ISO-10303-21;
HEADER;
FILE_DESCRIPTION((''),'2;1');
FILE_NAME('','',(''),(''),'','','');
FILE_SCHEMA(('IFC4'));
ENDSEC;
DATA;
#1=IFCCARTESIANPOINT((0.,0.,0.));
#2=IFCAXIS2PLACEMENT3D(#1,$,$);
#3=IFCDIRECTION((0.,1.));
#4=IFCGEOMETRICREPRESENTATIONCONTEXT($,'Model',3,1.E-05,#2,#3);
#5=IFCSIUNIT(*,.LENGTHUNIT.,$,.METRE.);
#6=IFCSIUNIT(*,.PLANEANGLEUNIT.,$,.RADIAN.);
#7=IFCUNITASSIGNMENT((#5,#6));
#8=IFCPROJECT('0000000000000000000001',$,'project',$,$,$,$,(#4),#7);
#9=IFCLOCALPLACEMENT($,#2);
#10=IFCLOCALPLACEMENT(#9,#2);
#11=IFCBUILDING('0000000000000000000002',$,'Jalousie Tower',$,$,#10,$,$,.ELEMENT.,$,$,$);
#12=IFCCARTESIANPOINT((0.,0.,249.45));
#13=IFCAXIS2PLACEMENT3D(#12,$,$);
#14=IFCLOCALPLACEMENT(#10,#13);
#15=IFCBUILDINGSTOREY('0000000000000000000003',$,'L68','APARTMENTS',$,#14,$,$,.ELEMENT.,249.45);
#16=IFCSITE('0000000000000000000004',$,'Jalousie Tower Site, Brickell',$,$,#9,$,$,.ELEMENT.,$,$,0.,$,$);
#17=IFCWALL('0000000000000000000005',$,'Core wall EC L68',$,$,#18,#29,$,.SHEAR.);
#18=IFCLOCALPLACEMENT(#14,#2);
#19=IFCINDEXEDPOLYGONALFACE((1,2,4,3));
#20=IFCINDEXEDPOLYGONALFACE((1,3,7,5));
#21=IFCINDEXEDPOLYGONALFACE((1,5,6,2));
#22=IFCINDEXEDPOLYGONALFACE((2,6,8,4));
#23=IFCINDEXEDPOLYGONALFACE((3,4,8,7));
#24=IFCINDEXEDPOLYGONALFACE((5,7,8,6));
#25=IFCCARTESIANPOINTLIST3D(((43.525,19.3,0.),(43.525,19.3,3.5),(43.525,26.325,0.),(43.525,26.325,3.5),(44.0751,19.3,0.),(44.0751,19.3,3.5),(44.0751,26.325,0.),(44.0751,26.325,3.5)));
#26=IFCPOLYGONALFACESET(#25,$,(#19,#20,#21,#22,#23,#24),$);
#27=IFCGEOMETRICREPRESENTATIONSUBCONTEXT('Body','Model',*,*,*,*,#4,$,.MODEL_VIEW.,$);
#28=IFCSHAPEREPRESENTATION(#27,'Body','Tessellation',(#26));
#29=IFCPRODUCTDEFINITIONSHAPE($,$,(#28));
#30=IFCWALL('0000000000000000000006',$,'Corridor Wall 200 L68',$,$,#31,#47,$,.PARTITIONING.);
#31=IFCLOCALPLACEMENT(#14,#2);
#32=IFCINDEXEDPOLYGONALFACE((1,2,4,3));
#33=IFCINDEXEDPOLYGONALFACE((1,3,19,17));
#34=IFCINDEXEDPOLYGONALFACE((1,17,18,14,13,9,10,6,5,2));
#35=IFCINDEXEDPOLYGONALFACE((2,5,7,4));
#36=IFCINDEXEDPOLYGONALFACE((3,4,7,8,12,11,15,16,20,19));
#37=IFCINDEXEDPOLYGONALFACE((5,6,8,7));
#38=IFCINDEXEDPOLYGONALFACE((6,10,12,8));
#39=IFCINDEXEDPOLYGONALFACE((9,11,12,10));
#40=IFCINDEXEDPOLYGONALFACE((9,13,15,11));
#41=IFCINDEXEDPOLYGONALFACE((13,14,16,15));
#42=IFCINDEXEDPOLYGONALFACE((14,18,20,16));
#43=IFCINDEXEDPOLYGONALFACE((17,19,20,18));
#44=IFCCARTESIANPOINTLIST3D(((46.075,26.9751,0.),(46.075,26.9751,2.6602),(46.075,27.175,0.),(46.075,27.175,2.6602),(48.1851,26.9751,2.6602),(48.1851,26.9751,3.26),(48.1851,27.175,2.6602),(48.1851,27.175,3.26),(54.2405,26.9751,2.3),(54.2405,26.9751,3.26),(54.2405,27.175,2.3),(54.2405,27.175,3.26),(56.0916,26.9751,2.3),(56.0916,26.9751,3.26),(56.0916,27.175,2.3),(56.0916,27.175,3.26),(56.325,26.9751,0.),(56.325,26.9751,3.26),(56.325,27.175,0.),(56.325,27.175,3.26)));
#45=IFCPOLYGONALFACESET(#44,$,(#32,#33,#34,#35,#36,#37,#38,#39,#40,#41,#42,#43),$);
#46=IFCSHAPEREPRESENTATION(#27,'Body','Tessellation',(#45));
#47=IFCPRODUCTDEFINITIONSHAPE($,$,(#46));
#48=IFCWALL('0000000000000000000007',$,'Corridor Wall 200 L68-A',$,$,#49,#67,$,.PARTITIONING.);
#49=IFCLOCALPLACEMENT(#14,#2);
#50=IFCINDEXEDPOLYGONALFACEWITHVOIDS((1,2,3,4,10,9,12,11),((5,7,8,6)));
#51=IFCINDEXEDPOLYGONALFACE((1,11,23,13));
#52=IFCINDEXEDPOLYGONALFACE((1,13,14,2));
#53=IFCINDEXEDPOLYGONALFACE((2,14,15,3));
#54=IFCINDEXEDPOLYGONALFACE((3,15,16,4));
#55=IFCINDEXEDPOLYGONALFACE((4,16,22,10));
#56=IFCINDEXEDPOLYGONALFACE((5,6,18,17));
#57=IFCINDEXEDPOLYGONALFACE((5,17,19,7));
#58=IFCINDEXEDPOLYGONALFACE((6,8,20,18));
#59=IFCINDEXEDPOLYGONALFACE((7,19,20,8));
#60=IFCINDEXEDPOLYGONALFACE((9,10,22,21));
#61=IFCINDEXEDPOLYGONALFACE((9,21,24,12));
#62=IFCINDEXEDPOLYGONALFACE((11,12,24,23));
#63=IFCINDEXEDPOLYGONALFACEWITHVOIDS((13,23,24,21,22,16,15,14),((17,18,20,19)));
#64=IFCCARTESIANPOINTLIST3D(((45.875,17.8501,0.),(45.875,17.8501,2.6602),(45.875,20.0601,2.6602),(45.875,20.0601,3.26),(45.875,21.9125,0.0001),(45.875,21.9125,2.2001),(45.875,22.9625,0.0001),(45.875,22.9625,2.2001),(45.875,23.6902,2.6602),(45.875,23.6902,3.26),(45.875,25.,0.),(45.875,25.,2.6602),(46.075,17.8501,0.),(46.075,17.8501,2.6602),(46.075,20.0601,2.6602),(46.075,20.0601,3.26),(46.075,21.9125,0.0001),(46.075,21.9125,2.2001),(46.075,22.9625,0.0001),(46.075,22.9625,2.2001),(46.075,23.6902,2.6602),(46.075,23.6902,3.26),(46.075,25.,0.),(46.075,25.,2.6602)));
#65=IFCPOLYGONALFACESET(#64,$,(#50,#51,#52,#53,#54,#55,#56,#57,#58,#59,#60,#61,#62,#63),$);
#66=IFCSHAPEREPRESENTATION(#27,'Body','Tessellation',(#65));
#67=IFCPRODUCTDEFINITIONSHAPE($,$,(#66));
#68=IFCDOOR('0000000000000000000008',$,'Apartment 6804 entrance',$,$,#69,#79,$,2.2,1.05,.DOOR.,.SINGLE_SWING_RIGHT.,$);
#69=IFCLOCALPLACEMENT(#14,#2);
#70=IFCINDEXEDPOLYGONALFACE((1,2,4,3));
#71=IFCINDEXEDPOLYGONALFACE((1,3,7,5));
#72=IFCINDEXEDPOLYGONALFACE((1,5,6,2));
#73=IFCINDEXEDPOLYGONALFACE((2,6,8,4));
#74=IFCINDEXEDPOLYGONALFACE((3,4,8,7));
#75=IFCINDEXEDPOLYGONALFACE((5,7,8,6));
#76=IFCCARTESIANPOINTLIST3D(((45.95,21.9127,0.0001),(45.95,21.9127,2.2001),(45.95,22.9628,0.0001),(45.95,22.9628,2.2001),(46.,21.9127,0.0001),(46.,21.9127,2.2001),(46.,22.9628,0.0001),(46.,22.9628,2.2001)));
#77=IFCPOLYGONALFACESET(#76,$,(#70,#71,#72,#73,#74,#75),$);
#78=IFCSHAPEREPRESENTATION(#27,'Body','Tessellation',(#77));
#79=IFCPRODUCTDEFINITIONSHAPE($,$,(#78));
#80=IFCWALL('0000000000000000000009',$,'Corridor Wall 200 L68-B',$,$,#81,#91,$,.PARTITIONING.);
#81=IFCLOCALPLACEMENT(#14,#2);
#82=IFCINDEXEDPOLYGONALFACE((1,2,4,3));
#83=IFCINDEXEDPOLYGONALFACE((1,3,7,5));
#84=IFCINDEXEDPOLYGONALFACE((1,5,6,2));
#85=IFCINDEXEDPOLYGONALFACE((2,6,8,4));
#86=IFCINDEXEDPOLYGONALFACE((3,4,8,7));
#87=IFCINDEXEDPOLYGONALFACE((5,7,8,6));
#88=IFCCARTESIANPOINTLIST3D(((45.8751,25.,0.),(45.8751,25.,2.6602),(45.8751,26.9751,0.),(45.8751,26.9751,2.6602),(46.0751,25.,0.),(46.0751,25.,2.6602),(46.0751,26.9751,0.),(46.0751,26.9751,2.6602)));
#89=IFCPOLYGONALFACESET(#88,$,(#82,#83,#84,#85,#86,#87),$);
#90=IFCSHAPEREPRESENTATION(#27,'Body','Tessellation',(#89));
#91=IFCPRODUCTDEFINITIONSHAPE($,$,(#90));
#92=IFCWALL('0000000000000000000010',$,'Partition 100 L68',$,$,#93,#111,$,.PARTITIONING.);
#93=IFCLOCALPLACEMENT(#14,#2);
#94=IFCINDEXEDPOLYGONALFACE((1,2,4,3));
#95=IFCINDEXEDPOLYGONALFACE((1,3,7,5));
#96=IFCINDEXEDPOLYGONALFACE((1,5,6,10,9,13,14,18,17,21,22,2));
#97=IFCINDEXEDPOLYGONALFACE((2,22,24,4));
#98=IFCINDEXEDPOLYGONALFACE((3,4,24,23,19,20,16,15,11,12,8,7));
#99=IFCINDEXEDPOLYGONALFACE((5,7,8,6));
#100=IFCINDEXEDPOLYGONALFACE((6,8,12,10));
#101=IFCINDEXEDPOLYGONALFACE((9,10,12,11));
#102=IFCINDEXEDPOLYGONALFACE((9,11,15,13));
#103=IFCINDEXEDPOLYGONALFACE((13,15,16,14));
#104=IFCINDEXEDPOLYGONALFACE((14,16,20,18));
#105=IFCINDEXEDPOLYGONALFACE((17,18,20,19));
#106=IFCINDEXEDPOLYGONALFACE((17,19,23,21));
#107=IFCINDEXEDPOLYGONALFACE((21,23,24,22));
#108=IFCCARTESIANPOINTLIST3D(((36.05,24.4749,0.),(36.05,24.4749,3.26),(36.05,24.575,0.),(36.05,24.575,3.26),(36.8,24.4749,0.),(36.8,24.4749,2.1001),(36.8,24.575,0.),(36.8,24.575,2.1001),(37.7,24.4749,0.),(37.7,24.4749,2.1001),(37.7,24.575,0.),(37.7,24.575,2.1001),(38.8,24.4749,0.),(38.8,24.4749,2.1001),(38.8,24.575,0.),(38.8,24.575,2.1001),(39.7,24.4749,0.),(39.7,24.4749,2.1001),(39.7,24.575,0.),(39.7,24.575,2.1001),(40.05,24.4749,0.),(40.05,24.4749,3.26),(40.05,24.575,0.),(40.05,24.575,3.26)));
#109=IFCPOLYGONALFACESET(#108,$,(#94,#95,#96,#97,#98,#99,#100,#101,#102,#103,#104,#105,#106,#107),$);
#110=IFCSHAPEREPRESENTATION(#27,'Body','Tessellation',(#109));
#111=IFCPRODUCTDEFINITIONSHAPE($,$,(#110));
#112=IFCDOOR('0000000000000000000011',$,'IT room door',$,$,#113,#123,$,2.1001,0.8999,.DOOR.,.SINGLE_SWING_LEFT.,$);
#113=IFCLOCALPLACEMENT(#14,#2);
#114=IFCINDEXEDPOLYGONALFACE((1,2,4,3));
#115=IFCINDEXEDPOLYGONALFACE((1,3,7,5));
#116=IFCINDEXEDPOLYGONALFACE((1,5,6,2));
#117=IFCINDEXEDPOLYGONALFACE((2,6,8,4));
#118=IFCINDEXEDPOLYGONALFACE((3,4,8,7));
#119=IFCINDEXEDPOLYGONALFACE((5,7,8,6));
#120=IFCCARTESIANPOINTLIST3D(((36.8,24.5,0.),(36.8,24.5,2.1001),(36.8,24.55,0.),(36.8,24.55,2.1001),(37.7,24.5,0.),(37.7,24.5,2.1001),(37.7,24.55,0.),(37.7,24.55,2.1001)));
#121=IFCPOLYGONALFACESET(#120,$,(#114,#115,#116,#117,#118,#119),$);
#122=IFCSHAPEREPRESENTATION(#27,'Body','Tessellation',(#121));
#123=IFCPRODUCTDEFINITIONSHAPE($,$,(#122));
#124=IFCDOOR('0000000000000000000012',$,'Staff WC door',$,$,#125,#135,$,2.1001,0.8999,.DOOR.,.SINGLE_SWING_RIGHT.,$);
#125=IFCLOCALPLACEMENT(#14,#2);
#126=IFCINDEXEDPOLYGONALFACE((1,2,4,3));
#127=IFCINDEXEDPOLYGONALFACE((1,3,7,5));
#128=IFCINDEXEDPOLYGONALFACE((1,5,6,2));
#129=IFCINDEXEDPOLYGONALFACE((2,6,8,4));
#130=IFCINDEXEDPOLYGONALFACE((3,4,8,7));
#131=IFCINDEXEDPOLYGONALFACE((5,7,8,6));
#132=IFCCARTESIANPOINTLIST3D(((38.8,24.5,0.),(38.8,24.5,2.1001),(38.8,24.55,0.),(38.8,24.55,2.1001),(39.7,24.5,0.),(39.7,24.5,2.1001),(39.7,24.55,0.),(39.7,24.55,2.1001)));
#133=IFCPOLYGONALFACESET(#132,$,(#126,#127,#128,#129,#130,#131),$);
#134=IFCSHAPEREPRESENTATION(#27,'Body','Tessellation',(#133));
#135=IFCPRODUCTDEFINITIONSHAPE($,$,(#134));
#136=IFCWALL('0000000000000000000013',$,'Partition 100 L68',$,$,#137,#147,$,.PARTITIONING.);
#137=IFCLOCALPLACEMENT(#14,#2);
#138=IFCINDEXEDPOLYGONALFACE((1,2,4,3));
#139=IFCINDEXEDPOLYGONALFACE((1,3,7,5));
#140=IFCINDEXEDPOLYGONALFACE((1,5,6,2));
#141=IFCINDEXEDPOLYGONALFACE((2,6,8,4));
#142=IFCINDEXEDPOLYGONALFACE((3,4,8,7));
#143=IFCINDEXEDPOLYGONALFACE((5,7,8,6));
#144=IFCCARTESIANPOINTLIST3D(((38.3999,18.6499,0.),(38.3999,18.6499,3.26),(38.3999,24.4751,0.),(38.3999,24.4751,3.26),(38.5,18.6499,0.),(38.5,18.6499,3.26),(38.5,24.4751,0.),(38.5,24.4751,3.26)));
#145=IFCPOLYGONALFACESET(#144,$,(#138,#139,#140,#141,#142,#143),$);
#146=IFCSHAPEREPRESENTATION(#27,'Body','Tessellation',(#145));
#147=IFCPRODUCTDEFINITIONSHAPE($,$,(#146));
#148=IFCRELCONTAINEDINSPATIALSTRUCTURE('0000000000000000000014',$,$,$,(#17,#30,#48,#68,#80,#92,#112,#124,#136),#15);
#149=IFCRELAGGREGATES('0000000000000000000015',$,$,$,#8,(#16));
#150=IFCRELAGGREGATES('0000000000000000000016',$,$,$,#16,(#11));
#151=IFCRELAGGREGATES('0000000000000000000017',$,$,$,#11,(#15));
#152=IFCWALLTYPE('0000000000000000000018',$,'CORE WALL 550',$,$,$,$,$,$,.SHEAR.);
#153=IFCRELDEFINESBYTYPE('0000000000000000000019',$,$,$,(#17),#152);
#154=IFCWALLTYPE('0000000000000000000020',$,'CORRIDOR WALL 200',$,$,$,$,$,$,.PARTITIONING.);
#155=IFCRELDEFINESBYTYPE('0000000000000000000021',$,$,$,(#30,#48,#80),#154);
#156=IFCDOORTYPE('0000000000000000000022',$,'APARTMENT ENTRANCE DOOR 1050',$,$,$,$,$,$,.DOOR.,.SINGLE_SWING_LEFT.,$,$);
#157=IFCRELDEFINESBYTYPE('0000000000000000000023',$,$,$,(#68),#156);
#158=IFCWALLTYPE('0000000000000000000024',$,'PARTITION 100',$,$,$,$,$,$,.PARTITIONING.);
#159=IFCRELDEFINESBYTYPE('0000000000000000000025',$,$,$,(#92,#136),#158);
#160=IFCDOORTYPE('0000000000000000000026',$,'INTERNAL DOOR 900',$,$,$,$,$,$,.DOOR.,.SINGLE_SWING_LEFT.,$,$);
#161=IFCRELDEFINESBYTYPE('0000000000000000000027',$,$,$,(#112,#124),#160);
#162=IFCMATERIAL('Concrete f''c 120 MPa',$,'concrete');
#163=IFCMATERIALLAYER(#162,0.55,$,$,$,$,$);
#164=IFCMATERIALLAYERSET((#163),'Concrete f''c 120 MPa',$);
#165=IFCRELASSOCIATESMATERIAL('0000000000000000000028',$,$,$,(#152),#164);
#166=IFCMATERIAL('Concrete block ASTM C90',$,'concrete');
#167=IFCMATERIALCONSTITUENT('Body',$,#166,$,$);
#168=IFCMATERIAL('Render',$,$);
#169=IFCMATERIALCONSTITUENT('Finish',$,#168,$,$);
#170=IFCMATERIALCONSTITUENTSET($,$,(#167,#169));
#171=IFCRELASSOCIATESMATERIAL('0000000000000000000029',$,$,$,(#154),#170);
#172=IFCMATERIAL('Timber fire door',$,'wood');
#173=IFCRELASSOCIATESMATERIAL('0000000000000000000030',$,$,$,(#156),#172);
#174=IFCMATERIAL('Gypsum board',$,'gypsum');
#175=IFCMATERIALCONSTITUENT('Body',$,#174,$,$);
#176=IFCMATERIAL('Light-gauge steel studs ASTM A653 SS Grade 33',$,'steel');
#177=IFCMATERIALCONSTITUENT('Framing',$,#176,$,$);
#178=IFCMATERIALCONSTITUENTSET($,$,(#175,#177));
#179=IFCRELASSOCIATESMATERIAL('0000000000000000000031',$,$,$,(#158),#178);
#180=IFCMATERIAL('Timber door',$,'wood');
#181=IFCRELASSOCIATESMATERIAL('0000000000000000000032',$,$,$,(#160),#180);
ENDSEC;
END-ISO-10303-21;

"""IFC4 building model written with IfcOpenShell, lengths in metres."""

from ifc_helpers import new_model, si_unit, direction, frame, frame_2d, origin, place, context, subcontext, project, spatial, polyline, rectangle, outline, extrude, material, layer, layer_set, constituent, constituent_set, type_object, element, fill, save


model = new_model("IFC4")

# Units and contexts
model_context = context("Model", 3, precision=1e-05, world=origin(), true_north=direction((0.0, 1.0)))
body_context = subcontext(model_context, "Body", "Model", "MODEL_VIEW")
ifc_project = project(units=[si_unit("LENGTHUNIT", "METRE"), si_unit("PLANEANGLEUNIT", "RADIAN")], contexts=[model_context])

# Site, building, storey
site_placement = place(None, origin())
site = spatial("IfcSite", under=ifc_project, at=site_placement, Name="Jalousie Tower Site, Brickell", CompositionType="ELEMENT", RefElevation=0.0)
building_placement = place(site_placement, origin())
building = spatial("IfcBuilding", under=site, at=building_placement, Name="Jalousie Tower", CompositionType="ELEMENT")
storey_placement = place(building_placement, frame((0.0, 0.0, 249.45)))
storey = spatial("IfcBuildingStorey", under=building, at=storey_placement, Name="L68", Description="APARTMENTS", CompositionType="ELEMENT", Elevation=249.45)

# Walls
ifc_material_1 = material(Name="Concrete f'c 120 MPa", Category="concrete")
ifc_layer_1 = layer(ifc_material_1, 0.55)
ifc_layer_set_1 = layer_set([ifc_layer_1], Name="Concrete f'c 120 MPa")
wall_type_1 = type_object("IfcWallType", Name="CORE WALL 550", PredefinedType="SHEAR", material=ifc_layer_set_1)
wall_1_placement = place(storey_placement, frame((43.8, 19.3, 0.0), z_axis=(0.0, 0.0, 1.0), x_axis=(0.0, 1.0, 0.0)))
element("IfcWall", 1, at=wall_1_placement, inside=storey, type_object=wall_type_1, Name="Core wall EC L68", PredefinedType="SHEAR", context=body_context, shape_type="SweptSolid", body=[
    extrude(rectangle(XDim=7.0249, YDim=0.55, at=frame_2d((3.5125, 0.0))), origin(), (0.0, 0.0, 1.0), 3.5),
])
ifc_material_2 = material(Name="Concrete block ASTM C90", Category="concrete")
ifc_constituent_1 = constituent(ifc_material_2, Name="Body")
ifc_material_3 = material(Name="Render")
ifc_constituent_2 = constituent(ifc_material_3, Name="Finish")
ifc_constituent_set_1 = constituent_set(constituents=[ifc_constituent_1, ifc_constituent_2])
wall_type_2 = type_object("IfcWallType", Name="CORRIDOR WALL 200", PredefinedType="PARTITIONING", material=ifc_constituent_set_1)
wall_2_placement = place(storey_placement, frame((46.075, 27.075, 0.0), z_axis=(0.0, 0.0, 1.0), x_axis=(1.0, 0.0, 0.0)))
element("IfcWall", 2, at=wall_2_placement, inside=storey, type_object=wall_type_2, Name="Corridor Wall 200 L68", PredefinedType="PARTITIONING", context=body_context, shape_type="SweptSolid", body=[
    extrude(outline(polyline([(0.0, 0.0), (10.25, 0.0), (10.25, 3.26), (10.0166, 3.26), (10.0166, 2.3), (8.1655, 2.3), (8.1655, 3.26), (2.1101, 3.26), (2.1101, 2.6602), (0.0, 2.6602), (0.0, 3.26), (0.0, 0.0)])), frame((0.0, 0.1001, 0.0), z_axis=(0.0, -1.0, 0.0), x_axis=(1.0, 0.0, 0.0)), (0.0, 0.0, 1.0), 0.2),
])

# Wall, opening, door
wall_3_placement = place(storey_placement, frame((45.9751, 17.8501, 0.0), z_axis=(0.0, 0.0, 1.0), x_axis=(0.0, 1.0, 0.0)))
wall_3 = element("IfcWall", 3, at=wall_3_placement, inside=storey, type_object=wall_type_2, Name="Corridor Wall 200 L68-A", PredefinedType="PARTITIONING", context=body_context, shape_type="SweptSolid", body=[
    extrude(outline(polyline([(0.0, 0.0), (7.1499, 0.0), (7.1499, 2.6602), (5.8401, 2.6602), (5.8401, 3.26), (2.21, 3.26), (2.21, 2.6602), (0.0, 2.6602), (0.0, 0.0)])), frame((0.0, 0.1001, 0.0), z_axis=(0.0, -1.0, 0.0), x_axis=(1.0, 0.0, 0.0)), (0.0, 0.0, 1.0), 0.2),
])
opening_1_placement = place(wall_3_placement, frame((4.0625, 0.0, 0.0)))
opening_1 = element("IfcOpeningElement", 4, at=opening_1_placement, cuts=wall_3, PredefinedType="OPENING", context=body_context, shape_type="SweptSolid", body=[
    extrude(rectangle(XDim=1.05, YDim=2.2, at=frame_2d((0.5249, 1.1001))), frame((0.0, 0.1099, 0.0), z_axis=(0.0, -1.0, 0.0), x_axis=(1.0, 0.0, 0.0)), (0.0, 0.0, 1.0), 0.22),
])
ifc_material_4 = material(Name="Timber fire door", Category="wood")
door_type_1 = type_object("IfcDoorType", Name="APARTMENT ENTRANCE DOOR 1050", OperationType="SINGLE_SWING_LEFT", PredefinedType="DOOR", material=ifc_material_4)
door_1_placement = place(opening_1_placement, frame((1.05, 0.0, 0.0), z_axis=(0.0, 0.0, 1.0), x_axis=(-1.0, 0.0, 0.0)))
door_1 = element("IfcDoor", 5, at=door_1_placement, inside=storey, type_object=door_type_1, Name="Apartment 6804 entrance", OperationType="SINGLE_SWING_RIGHT", OverallHeight=2.2, OverallWidth=1.05, PredefinedType="DOOR", context=body_context, shape_type="SweptSolid", body=[
    extrude(rectangle(XDim=1.05, YDim=2.2, at=frame_2d((0.5249, 1.1001))), frame((0.0, 0.0249, 0.0), z_axis=(0.0, -1.0, 0.0), x_axis=(1.0, 0.0, 0.0)), (0.0, 0.0, 1.0), 0.05),
])
fill(opening_1, door_1)

# Wall
wall_4_placement = place(storey_placement, frame((45.9751, 25.0, 0.0), z_axis=(0.0, 0.0, 1.0), x_axis=(0.0, 1.0, 0.0)))
element("IfcWall", 6, at=wall_4_placement, inside=storey, type_object=wall_type_2, Name="Corridor Wall 200 L68-B", PredefinedType="PARTITIONING", context=body_context, shape_type="SweptSolid", body=[
    extrude(rectangle(XDim=1.9751, YDim=0.2, at=frame_2d((0.9875, 0.0))), origin(), (0.0, 0.0, 1.0), 2.6602),
])

# Wall, openings, doors
ifc_material_5 = material(Name="Gypsum board", Category="gypsum")
ifc_constituent_3 = constituent(ifc_material_5, Name="Body")
ifc_material_6 = material(Name="Light-gauge steel studs ASTM A653 SS Grade 33", Category="steel")
ifc_constituent_4 = constituent(ifc_material_6, Name="Framing")
ifc_constituent_set_2 = constituent_set(constituents=[ifc_constituent_3, ifc_constituent_4])
wall_type_3 = type_object("IfcWallType", Name="PARTITION 100", PredefinedType="PARTITIONING", material=ifc_constituent_set_2)
wall_5_placement = place(storey_placement, frame((36.05, 24.5249, 0.0), z_axis=(0.0, 0.0, 1.0), x_axis=(1.0, 0.0, 0.0)))
wall_5 = element("IfcWall", 7, at=wall_5_placement, inside=storey, type_object=wall_type_3, Name="Partition 100 L68", PredefinedType="PARTITIONING", context=body_context, shape_type="SweptSolid", body=[
    extrude(rectangle(XDim=4.0, YDim=0.1001, at=frame_2d((2.0, 0.0))), origin(), (0.0, 0.0, 1.0), 3.26),
])
opening_2_placement = place(wall_5_placement, frame((0.75, 0.0, 0.0)))
opening_2 = element("IfcOpeningElement", 8, at=opening_2_placement, cuts=wall_5, PredefinedType="OPENING", context=body_context, shape_type="SweptSolid", body=[
    extrude(rectangle(XDim=0.8999, YDim=2.1001, at=frame_2d((0.45, 1.05))), frame((0.0, 0.0601, 0.0), z_axis=(0.0, -1.0, 0.0), x_axis=(1.0, 0.0, 0.0)), (0.0, 0.0, 1.0), 0.1201),
])
opening_3_placement = place(wall_5_placement, frame((2.75, 0.0, 0.0)))
opening_3 = element("IfcOpeningElement", 9, at=opening_3_placement, cuts=wall_5, PredefinedType="OPENING", context=body_context, shape_type="SweptSolid", body=[
    extrude(rectangle(XDim=0.8999, YDim=2.1001, at=frame_2d((0.45, 1.05))), frame((0.0, 0.0601, 0.0), z_axis=(0.0, -1.0, 0.0), x_axis=(1.0, 0.0, 0.0)), (0.0, 0.0, 1.0), 0.1201),
])
ifc_material_7 = material(Name="Timber door", Category="wood")
door_type_2 = type_object("IfcDoorType", Name="INTERNAL DOOR 900", OperationType="SINGLE_SWING_LEFT", PredefinedType="DOOR", material=ifc_material_7)
door_2_placement = place(opening_2_placement, frame((0.8999, 0.0, 0.0), z_axis=(0.0, 0.0, 1.0), x_axis=(-1.0, 0.0, 0.0)))
door_2 = element("IfcDoor", 10, at=door_2_placement, inside=storey, type_object=door_type_2, Name="IT room door", OperationType="SINGLE_SWING_LEFT", OverallHeight=2.1001, OverallWidth=0.8999, PredefinedType="DOOR", context=body_context, shape_type="SweptSolid", body=[
    extrude(rectangle(XDim=0.8999, YDim=2.1001, at=frame_2d((0.45, 1.05))), frame((0.0, 0.0249, 0.0), z_axis=(0.0, -1.0, 0.0), x_axis=(1.0, 0.0, 0.0)), (0.0, 0.0, 1.0), 0.05),
])
fill(opening_2, door_2)
door_3_placement = place(opening_3_placement, frame((0.8999, 0.0, 0.0), z_axis=(0.0, 0.0, 1.0), x_axis=(-1.0, 0.0, 0.0)))
door_3 = element("IfcDoor", 11, at=door_3_placement, inside=storey, type_object=door_type_2, Name="Staff WC door", OperationType="SINGLE_SWING_RIGHT", OverallHeight=2.1001, OverallWidth=0.8999, PredefinedType="DOOR", context=body_context, shape_type="SweptSolid", body=[
    extrude(rectangle(XDim=0.8999, YDim=2.1001, at=frame_2d((0.45, 1.05))), frame((0.0, 0.0249, 0.0), z_axis=(0.0, -1.0, 0.0), x_axis=(1.0, 0.0, 0.0)), (0.0, 0.0, 1.0), 0.05),
])
fill(opening_3, door_3)

# Wall
wall_6_placement = place(storey_placement, frame((38.45, 18.6499, 0.0), z_axis=(0.0, 0.0, 1.0), x_axis=(0.0, 1.0, 0.0)))
element("IfcWall", 12, at=wall_6_placement, inside=storey, type_object=wall_type_3, Name="Partition 100 L68", PredefinedType="PARTITIONING", context=body_context, shape_type="SweptSolid", body=[
    extrude(rectangle(XDim=5.8252, YDim=0.1001, at=frame_2d((2.9126, 0.0))), origin(), (0.0, 0.0, 1.0), 3.26),
])

save(model, "model.ifc")
